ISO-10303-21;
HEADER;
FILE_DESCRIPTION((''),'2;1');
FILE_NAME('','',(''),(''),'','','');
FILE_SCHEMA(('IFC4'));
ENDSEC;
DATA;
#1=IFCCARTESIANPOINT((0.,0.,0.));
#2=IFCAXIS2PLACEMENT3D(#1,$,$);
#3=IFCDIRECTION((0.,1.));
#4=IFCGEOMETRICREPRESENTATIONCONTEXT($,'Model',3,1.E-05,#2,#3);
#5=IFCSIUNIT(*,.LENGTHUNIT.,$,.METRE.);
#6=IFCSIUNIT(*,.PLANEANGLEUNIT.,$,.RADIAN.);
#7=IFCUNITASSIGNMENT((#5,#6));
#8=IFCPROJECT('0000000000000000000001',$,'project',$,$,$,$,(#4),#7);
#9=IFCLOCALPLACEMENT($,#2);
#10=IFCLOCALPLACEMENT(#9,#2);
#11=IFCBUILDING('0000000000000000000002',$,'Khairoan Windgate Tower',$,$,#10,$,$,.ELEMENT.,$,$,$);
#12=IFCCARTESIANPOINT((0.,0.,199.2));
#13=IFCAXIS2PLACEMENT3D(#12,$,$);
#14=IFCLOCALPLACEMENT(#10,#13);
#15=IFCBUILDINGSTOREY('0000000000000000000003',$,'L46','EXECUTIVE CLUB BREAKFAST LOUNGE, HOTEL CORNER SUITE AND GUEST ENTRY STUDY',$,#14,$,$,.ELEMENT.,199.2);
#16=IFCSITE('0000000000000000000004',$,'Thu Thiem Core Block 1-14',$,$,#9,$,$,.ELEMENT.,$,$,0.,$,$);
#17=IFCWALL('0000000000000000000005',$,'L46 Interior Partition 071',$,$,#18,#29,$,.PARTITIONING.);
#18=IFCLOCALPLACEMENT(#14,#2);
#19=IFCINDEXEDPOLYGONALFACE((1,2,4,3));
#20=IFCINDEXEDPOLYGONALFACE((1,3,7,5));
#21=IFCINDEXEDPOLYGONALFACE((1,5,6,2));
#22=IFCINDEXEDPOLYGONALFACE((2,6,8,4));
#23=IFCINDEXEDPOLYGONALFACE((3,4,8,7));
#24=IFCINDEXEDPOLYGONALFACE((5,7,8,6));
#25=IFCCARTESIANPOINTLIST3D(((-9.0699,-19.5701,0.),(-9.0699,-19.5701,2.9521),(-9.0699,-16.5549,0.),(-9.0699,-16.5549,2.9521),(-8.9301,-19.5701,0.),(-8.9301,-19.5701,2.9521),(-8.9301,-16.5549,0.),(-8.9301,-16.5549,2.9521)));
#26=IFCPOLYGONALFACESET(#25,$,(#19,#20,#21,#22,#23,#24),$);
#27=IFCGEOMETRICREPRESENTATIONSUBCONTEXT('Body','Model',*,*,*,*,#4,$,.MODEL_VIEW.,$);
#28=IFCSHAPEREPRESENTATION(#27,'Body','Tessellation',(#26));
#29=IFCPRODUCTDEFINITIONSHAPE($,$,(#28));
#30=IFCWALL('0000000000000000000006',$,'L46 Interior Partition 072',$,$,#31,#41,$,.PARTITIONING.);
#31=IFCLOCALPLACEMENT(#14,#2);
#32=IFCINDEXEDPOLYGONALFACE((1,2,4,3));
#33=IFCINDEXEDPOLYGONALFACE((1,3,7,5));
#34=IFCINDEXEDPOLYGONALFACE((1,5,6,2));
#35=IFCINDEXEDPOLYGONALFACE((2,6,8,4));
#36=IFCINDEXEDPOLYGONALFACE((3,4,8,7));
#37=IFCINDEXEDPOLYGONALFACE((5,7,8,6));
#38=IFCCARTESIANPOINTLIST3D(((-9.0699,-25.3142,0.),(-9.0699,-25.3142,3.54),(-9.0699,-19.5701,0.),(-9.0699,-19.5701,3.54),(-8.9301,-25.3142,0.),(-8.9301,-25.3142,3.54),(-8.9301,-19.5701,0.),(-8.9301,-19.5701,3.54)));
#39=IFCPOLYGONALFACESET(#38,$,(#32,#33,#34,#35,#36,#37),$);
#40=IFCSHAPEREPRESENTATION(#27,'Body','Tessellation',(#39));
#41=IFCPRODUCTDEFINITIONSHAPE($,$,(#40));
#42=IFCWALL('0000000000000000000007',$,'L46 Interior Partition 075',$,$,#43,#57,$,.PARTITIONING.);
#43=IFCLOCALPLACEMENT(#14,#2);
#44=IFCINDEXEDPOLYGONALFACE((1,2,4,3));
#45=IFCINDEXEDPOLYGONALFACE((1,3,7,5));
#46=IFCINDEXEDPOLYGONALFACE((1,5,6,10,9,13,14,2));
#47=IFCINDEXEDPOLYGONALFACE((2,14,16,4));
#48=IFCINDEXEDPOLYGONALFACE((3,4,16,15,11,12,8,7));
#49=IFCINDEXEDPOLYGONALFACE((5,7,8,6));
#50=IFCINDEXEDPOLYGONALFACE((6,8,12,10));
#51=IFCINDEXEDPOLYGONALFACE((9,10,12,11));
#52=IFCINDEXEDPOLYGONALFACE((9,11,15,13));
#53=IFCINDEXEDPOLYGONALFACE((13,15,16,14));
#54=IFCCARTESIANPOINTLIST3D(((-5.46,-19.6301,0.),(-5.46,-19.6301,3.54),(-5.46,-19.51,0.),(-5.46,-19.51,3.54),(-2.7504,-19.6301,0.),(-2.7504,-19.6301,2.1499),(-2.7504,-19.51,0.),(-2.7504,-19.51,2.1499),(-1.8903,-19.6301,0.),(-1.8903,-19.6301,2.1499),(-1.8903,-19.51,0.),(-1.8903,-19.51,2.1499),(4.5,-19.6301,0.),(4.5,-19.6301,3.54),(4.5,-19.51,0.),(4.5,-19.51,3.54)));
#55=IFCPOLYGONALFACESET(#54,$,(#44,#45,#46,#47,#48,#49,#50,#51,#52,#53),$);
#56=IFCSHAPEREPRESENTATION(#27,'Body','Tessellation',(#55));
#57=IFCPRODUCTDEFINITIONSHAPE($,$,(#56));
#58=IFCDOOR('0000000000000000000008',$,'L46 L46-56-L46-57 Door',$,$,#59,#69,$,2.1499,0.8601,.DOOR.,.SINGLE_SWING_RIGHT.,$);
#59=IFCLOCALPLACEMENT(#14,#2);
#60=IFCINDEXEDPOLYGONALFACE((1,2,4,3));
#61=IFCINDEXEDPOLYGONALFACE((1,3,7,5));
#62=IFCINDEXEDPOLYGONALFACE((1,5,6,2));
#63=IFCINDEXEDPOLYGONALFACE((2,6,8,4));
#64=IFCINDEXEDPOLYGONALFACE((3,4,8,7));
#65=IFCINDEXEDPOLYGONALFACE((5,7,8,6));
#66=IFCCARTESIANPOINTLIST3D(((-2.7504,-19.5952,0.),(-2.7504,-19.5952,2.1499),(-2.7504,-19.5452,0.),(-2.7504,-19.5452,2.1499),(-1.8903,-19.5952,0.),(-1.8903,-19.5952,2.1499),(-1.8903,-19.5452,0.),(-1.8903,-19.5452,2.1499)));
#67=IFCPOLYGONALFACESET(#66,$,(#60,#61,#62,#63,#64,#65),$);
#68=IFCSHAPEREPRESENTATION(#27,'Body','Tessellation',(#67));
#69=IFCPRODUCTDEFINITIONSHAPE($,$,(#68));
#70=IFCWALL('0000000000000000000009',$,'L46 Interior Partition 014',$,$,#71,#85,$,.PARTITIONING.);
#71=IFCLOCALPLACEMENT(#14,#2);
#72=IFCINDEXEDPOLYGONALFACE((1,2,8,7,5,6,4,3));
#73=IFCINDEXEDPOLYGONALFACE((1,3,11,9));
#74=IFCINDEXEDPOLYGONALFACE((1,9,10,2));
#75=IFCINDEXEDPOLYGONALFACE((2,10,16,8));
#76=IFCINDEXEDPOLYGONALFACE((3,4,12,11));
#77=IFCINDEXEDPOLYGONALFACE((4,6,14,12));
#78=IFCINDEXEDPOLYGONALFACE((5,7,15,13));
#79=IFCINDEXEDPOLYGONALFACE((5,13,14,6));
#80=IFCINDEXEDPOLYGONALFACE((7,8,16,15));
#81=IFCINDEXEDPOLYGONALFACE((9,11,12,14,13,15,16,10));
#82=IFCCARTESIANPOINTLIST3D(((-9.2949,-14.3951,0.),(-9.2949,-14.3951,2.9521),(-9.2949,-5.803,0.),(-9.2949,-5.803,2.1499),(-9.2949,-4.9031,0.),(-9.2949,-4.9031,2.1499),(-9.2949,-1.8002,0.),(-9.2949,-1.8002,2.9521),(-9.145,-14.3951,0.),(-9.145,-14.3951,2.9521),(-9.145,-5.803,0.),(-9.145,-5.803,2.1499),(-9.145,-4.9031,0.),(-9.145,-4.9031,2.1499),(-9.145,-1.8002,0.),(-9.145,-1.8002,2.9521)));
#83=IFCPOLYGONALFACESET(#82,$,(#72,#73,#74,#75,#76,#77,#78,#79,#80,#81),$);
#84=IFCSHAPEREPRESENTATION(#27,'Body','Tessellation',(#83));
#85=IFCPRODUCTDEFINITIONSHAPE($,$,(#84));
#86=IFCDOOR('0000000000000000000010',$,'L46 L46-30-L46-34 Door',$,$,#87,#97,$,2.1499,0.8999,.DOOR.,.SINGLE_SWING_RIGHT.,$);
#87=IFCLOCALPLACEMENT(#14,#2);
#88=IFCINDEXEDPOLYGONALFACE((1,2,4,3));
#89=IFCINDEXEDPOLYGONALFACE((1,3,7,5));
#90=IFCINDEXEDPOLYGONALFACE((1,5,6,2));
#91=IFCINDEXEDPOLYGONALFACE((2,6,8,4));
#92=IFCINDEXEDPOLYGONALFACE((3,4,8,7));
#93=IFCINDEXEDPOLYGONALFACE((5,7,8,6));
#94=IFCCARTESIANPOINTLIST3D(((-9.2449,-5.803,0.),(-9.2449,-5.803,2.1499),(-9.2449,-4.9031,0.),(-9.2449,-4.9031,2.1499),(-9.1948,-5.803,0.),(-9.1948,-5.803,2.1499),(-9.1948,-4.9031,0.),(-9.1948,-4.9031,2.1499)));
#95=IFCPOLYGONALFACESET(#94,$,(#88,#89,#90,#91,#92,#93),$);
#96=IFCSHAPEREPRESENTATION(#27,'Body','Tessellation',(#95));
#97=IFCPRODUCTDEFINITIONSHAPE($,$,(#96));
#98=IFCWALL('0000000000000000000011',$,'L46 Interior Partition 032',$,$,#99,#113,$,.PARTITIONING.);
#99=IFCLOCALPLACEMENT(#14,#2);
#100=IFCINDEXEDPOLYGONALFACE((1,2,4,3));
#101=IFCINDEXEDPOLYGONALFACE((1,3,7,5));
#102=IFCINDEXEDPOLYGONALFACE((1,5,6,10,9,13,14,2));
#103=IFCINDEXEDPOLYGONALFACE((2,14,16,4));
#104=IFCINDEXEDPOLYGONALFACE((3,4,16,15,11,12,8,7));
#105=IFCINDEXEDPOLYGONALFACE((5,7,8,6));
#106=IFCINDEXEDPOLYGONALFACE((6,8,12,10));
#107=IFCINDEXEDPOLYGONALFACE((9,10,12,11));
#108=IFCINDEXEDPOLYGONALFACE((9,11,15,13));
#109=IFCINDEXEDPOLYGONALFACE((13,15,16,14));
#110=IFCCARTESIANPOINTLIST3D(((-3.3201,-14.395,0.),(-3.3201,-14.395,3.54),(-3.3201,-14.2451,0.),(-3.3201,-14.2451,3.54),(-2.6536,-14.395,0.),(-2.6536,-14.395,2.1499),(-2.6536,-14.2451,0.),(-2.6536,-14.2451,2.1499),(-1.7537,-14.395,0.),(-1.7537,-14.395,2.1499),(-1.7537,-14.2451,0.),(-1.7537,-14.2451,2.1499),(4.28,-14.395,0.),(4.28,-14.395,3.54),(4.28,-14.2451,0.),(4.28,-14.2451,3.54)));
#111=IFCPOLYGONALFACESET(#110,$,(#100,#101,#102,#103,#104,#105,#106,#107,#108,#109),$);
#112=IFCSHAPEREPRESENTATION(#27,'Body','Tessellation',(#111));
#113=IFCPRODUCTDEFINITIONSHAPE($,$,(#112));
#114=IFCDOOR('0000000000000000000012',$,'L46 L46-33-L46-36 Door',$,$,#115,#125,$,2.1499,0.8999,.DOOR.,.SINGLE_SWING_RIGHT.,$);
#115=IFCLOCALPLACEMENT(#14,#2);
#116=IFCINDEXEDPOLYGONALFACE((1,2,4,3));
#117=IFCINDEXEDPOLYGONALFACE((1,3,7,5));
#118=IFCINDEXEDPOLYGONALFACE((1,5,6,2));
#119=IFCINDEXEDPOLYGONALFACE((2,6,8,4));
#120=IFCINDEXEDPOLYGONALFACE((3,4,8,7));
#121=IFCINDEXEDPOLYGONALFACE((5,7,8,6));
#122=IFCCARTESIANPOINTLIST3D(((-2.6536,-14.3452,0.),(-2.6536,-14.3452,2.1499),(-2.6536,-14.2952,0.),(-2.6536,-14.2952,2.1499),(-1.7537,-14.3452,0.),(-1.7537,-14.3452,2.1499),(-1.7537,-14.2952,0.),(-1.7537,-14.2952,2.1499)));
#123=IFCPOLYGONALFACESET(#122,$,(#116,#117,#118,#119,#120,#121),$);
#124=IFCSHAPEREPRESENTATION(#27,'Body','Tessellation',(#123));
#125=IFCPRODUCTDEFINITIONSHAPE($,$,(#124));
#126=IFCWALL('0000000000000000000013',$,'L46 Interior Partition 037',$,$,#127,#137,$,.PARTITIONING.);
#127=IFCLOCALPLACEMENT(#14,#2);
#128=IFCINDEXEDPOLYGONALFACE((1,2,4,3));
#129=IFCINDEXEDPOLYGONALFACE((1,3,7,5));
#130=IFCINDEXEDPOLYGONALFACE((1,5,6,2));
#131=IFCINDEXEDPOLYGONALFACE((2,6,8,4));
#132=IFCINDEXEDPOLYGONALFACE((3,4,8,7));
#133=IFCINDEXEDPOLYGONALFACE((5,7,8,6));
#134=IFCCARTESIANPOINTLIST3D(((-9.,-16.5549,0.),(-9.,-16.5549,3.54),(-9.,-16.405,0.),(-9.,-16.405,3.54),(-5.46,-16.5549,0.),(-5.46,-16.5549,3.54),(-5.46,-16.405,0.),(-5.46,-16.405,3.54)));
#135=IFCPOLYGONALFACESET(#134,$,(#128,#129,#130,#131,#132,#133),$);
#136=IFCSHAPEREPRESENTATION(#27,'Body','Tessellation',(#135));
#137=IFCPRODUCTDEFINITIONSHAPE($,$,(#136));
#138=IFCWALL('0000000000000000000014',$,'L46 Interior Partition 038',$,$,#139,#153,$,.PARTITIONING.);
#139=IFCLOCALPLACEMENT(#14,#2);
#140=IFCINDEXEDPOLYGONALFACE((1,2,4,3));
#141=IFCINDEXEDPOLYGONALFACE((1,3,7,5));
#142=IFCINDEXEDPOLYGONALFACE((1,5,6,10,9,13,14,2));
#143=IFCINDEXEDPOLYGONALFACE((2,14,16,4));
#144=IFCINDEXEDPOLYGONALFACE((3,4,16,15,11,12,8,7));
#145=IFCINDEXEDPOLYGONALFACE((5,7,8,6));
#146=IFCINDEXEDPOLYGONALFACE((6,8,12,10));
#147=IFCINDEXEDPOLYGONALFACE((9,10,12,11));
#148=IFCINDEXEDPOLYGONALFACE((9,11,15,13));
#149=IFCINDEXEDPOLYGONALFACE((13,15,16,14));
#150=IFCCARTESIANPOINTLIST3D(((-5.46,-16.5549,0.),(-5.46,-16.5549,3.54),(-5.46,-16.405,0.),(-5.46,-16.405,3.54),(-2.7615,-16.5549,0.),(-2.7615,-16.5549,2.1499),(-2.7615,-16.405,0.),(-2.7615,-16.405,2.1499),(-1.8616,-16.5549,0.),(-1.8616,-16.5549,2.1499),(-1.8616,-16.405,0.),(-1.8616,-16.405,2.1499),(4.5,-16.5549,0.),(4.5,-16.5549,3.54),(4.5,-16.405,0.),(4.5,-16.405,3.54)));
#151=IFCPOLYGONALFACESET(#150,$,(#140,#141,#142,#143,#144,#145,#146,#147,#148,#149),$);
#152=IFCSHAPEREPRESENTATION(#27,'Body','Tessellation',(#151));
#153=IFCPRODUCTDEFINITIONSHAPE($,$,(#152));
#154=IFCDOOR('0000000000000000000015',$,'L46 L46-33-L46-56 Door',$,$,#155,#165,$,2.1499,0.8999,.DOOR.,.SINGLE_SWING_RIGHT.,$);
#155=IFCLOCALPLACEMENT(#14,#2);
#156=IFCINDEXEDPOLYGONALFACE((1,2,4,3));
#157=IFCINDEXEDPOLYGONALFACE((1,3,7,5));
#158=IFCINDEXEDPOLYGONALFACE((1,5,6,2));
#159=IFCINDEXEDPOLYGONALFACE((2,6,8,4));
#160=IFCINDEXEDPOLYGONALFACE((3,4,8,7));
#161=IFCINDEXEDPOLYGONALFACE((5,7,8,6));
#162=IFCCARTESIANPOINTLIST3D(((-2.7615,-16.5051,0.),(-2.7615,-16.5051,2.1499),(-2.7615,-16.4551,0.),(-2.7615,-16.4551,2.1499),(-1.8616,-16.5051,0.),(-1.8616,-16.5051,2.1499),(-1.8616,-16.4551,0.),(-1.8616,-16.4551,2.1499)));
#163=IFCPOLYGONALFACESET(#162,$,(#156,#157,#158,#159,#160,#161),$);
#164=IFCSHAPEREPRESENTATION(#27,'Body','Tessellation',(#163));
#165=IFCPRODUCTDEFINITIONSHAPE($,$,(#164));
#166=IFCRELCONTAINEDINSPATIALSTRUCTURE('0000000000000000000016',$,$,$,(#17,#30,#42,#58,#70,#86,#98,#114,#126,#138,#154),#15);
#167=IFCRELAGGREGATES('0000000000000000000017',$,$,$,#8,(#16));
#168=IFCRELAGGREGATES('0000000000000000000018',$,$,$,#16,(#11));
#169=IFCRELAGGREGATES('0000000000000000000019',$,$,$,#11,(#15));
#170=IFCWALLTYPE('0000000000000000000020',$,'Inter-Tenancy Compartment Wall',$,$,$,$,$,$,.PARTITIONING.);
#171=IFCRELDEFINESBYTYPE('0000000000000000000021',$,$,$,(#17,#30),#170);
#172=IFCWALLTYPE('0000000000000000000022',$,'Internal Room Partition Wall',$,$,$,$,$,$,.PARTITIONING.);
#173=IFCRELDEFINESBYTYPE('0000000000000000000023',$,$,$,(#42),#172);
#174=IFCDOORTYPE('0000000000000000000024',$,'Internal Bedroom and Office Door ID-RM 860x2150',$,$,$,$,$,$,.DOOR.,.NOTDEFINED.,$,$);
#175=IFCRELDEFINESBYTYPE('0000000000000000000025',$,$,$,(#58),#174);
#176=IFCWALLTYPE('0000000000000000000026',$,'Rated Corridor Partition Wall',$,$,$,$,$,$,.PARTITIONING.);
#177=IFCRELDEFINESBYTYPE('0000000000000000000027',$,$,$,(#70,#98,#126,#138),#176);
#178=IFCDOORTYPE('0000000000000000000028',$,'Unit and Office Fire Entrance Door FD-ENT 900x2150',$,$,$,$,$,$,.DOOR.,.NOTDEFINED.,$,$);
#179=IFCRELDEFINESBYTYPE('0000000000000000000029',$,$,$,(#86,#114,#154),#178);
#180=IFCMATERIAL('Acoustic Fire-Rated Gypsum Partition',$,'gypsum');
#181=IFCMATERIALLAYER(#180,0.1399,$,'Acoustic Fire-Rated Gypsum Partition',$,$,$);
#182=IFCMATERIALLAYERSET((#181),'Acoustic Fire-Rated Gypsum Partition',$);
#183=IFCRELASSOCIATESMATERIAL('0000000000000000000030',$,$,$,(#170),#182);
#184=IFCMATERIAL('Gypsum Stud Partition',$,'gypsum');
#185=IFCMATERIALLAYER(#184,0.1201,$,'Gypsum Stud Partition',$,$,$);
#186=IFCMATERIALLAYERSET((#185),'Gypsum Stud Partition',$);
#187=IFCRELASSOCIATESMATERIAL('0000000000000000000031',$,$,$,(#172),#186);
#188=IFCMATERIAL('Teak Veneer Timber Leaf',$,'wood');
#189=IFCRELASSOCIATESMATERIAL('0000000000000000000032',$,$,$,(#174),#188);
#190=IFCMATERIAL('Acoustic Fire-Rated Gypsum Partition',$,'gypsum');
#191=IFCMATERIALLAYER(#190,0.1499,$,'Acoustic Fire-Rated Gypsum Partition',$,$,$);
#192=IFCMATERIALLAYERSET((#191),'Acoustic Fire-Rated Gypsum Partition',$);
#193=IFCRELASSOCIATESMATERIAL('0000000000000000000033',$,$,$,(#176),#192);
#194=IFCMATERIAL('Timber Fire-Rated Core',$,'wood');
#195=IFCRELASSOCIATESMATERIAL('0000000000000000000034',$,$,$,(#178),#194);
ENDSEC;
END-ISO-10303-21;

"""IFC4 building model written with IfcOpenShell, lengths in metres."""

from ifc_helpers import new_model, si_unit, direction, frame, frame_2d, origin, place, context, subcontext, project, spatial, rectangle, extrude, material, layer, layer_set, type_object, element, fill, save


model = new_model("IFC4")

# Units and contexts
model_context = context("Model", 3, precision=1e-05, world=origin(), true_north=direction((0.0, 1.0)))
body_context = subcontext(model_context, "Body", "Model", "MODEL_VIEW")
ifc_project = project(units=[si_unit("LENGTHUNIT", "METRE"), si_unit("PLANEANGLEUNIT", "RADIAN")], contexts=[model_context])

# Site, building, storey
site_placement = place(None, origin())
site = spatial("IfcSite", under=ifc_project, at=site_placement, Name="Thu Thiem Core Block 1-14", CompositionType="ELEMENT", RefElevation=0.0)
building_placement = place(site_placement, origin())
building = spatial("IfcBuilding", under=site, at=building_placement, Name="Khairoan Windgate Tower", CompositionType="ELEMENT")
storey_placement = place(building_placement, frame((0.0, 0.0, 199.2)))
storey = spatial("IfcBuildingStorey", under=building, at=storey_placement, Name="L46", Description="EXECUTIVE CLUB BREAKFAST LOUNGE, HOTEL CORNER SUITE AND GUEST ENTRY STUDY", CompositionType="ELEMENT", Elevation=199.2)

# Walls
ifc_material_1 = material(Name="Acoustic Fire-Rated Gypsum Partition", Category="gypsum")
ifc_layer_1 = layer(ifc_material_1, 0.1399, Name="Acoustic Fire-Rated Gypsum Partition")
ifc_layer_set_1 = layer_set([ifc_layer_1], Name="Acoustic Fire-Rated Gypsum Partition")
wall_type_1 = type_object("IfcWallType", Name="Inter-Tenancy Compartment Wall", PredefinedType="PARTITIONING", material=ifc_layer_set_1)
wall_1_placement = place(storey_placement, frame((-9.0, -19.5701, 0.0), z_axis=(0.0, 0.0, 1.0), x_axis=(0.0, 1.0, 0.0)))
element("IfcWall", 1, at=wall_1_placement, inside=storey, type_object=wall_type_1, Name="L46 Interior Partition 071", PredefinedType="PARTITIONING", context=body_context, shape_type="SweptSolid", body=[
    extrude(rectangle(XDim=3.0151, YDim=0.1399, at=frame_2d((1.5076, 0.0))), origin(), (0.0, 0.0, 1.0), 2.9521),
])
wall_2_placement = place(storey_placement, frame((-9.0, -25.3142, 0.0), z_axis=(0.0, 0.0, 1.0), x_axis=(0.0, 1.0, 0.0)))
element("IfcWall", 2, at=wall_2_placement, inside=storey, type_object=wall_type_1, Name="L46 Interior Partition 072", PredefinedType="PARTITIONING", context=body_context, shape_type="SweptSolid", body=[
    extrude(rectangle(XDim=5.7441, YDim=0.1399, at=frame_2d((2.8721, 0.0))), origin(), (0.0, 0.0, 1.0), 3.54),
])

# Walls, openings, doors
ifc_material_2 = material(Name="Gypsum Stud Partition", Category="gypsum")
ifc_layer_2 = layer(ifc_material_2, 0.1201, Name="Gypsum Stud Partition")
ifc_layer_set_2 = layer_set([ifc_layer_2], Name="Gypsum Stud Partition")
wall_type_2 = type_object("IfcWallType", Name="Internal Room Partition Wall", PredefinedType="PARTITIONING", material=ifc_layer_set_2)
wall_3_placement = place(storey_placement, frame((-5.46, -19.5701, 0.0), z_axis=(0.0, 0.0, 1.0), x_axis=(1.0, 0.0, 0.0)))
wall_3 = element("IfcWall", 3, at=wall_3_placement, inside=storey, type_object=wall_type_2, Name="L46 Interior Partition 075", PredefinedType="PARTITIONING", context=body_context, shape_type="SweptSolid", body=[
    extrude(rectangle(XDim=9.96, YDim=0.1201, at=frame_2d((4.98, 0.0))), origin(), (0.0, 0.0, 1.0), 3.54),
])
opening_1_placement = place(wall_3_placement, frame((2.7095, 0.0, 0.0)))
opening_1 = element("IfcOpeningElement", 4, at=opening_1_placement, cuts=wall_3, PredefinedType="OPENING", context=body_context, shape_type="SweptSolid", body=[
    extrude(rectangle(XDim=0.8601, YDim=2.1499, at=frame_2d((0.4302, 1.075))), frame((0.0, 0.0701, 0.0), z_axis=(0.0, -1.0, 0.0), x_axis=(1.0, 0.0, 0.0)), (0.0, 0.0, 1.0), 0.1401),
])
ifc_material_3 = material(Name="Teak Veneer Timber Leaf", Category="wood")
door_type_1 = type_object("IfcDoorType", Name="Internal Bedroom and Office Door ID-RM 860x2150", OperationType="NOTDEFINED", PredefinedType="DOOR", material=ifc_material_3)
door_1_placement = place(opening_1_placement, origin())
door_1 = element("IfcDoor", 5, at=door_1_placement, inside=storey, type_object=door_type_1, Name="L46 L46-56-L46-57 Door", OperationType="SINGLE_SWING_RIGHT", OverallHeight=2.1499, OverallWidth=0.8601, PredefinedType="DOOR", context=body_context, shape_type="SweptSolid", body=[
    extrude(rectangle(XDim=0.8601, YDim=2.1499, at=frame_2d((0.4302, 1.075))), frame((0.0, 0.0249, 0.0), z_axis=(0.0, -1.0, 0.0), x_axis=(1.0, 0.0, 0.0)), (0.0, 0.0, 1.0), 0.05),
])
fill(opening_1, door_1)
ifc_material_4 = material(Name="Acoustic Fire-Rated Gypsum Partition", Category="gypsum")
ifc_layer_3 = layer(ifc_material_4, 0.1499, Name="Acoustic Fire-Rated Gypsum Partition")
ifc_layer_set_3 = layer_set([ifc_layer_3], Name="Acoustic Fire-Rated Gypsum Partition")
wall_type_3 = type_object("IfcWallType", Name="Rated Corridor Partition Wall", PredefinedType="PARTITIONING", material=ifc_layer_set_3)
wall_4_placement = place(storey_placement, frame((-9.22, -14.395, 0.0), z_axis=(0.0, 0.0, 1.0), x_axis=(0.0, 1.0, 0.0)))
wall_4 = element("IfcWall", 6, at=wall_4_placement, inside=storey, type_object=wall_type_3, Name="L46 Interior Partition 014", PredefinedType="PARTITIONING", context=body_context, shape_type="SweptSolid", body=[
    extrude(rectangle(XDim=12.595, YDim=0.1499, at=frame_2d((6.2974, 0.0))), origin(), (0.0, 0.0, 1.0), 2.9521),
])
opening_2_placement = place(wall_4_placement, frame((8.592, 0.0, 0.0)))
opening_2 = element("IfcOpeningElement", 7, at=opening_2_placement, cuts=wall_4, PredefinedType="OPENING", context=body_context, shape_type="SweptSolid", body=[
    extrude(rectangle(XDim=0.8999, YDim=2.1499, at=frame_2d((0.45, 1.075))), frame((0.0, 0.085, 0.0), z_axis=(0.0, -1.0, 0.0), x_axis=(1.0, 0.0, 0.0)), (0.0, 0.0, 1.0), 0.1699),
])
ifc_material_5 = material(Name="Timber Fire-Rated Core", Category="wood")
door_type_2 = type_object("IfcDoorType", Name="Unit and Office Fire Entrance Door FD-ENT 900x2150", OperationType="NOTDEFINED", PredefinedType="DOOR", material=ifc_material_5)
door_2_placement = place(opening_2_placement, origin())
door_2 = element("IfcDoor", 8, at=door_2_placement, inside=storey, type_object=door_type_2, Name="L46 L46-30-L46-34 Door", OperationType="SINGLE_SWING_RIGHT", OverallHeight=2.1499, OverallWidth=0.8999, PredefinedType="DOOR", context=body_context, shape_type="SweptSolid", body=[
    extrude(rectangle(XDim=0.8999, YDim=2.1499, at=frame_2d((0.45, 1.075))), frame((0.0, 0.0249, 0.0), z_axis=(0.0, -1.0, 0.0), x_axis=(1.0, 0.0, 0.0)), (0.0, 0.0, 1.0), 0.05),
])
fill(opening_2, door_2)
wall_5_placement = place(storey_placement, frame((-3.3201, -14.3201, 0.0), z_axis=(0.0, 0.0, 1.0), x_axis=(1.0, 0.0, 0.0)))
wall_5 = element("IfcWall", 9, at=wall_5_placement, inside=storey, type_object=wall_type_3, Name="L46 Interior Partition 032", PredefinedType="PARTITIONING", context=body_context, shape_type="SweptSolid", body=[
    extrude(rectangle(XDim=7.6001, YDim=0.1499, at=frame_2d((3.8, 0.0))), origin(), (0.0, 0.0, 1.0), 3.54),
])
opening_3_placement = place(wall_5_placement, frame((0.6665, 0.0, 0.0)))
opening_3 = element("IfcOpeningElement", 10, at=opening_3_placement, cuts=wall_5, PredefinedType="OPENING", context=body_context, shape_type="SweptSolid", body=[
    extrude(rectangle(XDim=0.8999, YDim=2.1499, at=frame_2d((0.45, 1.075))), frame((0.0, 0.085, 0.0), z_axis=(0.0, -1.0, 0.0), x_axis=(1.0, 0.0, 0.0)), (0.0, 0.0, 1.0), 0.1699),
])
door_3_placement = place(opening_3_placement, origin())
door_3 = element("IfcDoor", 11, at=door_3_placement, inside=storey, type_object=door_type_2, Name="L46 L46-33-L46-36 Door", OperationType="SINGLE_SWING_RIGHT", OverallHeight=2.1499, OverallWidth=0.8999, PredefinedType="DOOR", context=body_context, shape_type="SweptSolid", body=[
    extrude(rectangle(XDim=0.8999, YDim=2.1499, at=frame_2d((0.45, 1.075))), frame((0.0, 0.0249, 0.0), z_axis=(0.0, -1.0, 0.0), x_axis=(1.0, 0.0, 0.0)), (0.0, 0.0, 1.0), 0.05),
])
fill(opening_3, door_3)

# Wall
wall_6_placement = place(storey_placement, frame((-9.0, -16.48, 0.0), z_axis=(0.0, 0.0, 1.0), x_axis=(1.0, 0.0, 0.0)))
element("IfcWall", 12, at=wall_6_placement, inside=storey, type_object=wall_type_3, Name="L46 Interior Partition 037", PredefinedType="PARTITIONING", context=body_context, shape_type="SweptSolid", body=[
    extrude(rectangle(XDim=3.54, YDim=0.1499, at=frame_2d((1.77, 0.0))), origin(), (0.0, 0.0, 1.0), 3.54),
])

# Wall, opening, door
wall_7_placement = place(storey_placement, frame((-5.46, -16.48, 0.0), z_axis=(0.0, 0.0, 1.0), x_axis=(1.0, 0.0, 0.0)))
wall_7 = element("IfcWall", 13, at=wall_7_placement, inside=storey, type_object=wall_type_3, Name="L46 Interior Partition 038", PredefinedType="PARTITIONING", context=body_context, shape_type="SweptSolid", body=[
    extrude(rectangle(XDim=9.96, YDim=0.1499, at=frame_2d((4.98, 0.0))), origin(), (0.0, 0.0, 1.0), 3.54),
])
opening_4_placement = place(wall_7_placement, frame((2.6985, 0.0, 0.0)))
opening_4 = element("IfcOpeningElement", 14, at=opening_4_placement, cuts=wall_7, PredefinedType="OPENING", context=body_context, shape_type="SweptSolid", body=[
    extrude(rectangle(XDim=0.8999, YDim=2.1499, at=frame_2d((0.45, 1.075))), frame((0.0, 0.085, 0.0), z_axis=(0.0, -1.0, 0.0), x_axis=(1.0, 0.0, 0.0)), (0.0, 0.0, 1.0), 0.1699),
])
door_4_placement = place(opening_4_placement, origin())
door_4 = element("IfcDoor", 15, at=door_4_placement, inside=storey, type_object=door_type_2, Name="L46 L46-33-L46-56 Door", OperationType="SINGLE_SWING_RIGHT", OverallHeight=2.1499, OverallWidth=0.8999, PredefinedType="DOOR", context=body_context, shape_type="SweptSolid", body=[
    extrude(rectangle(XDim=0.8999, YDim=2.1499, at=frame_2d((0.45, 1.075))), frame((0.0, 0.0249, 0.0), z_axis=(0.0, -1.0, 0.0), x_axis=(1.0, 0.0, 0.0)), (0.0, 0.0, 1.0), 0.05),
])
fill(opening_4, door_4)

save(model, "model.ifc")
